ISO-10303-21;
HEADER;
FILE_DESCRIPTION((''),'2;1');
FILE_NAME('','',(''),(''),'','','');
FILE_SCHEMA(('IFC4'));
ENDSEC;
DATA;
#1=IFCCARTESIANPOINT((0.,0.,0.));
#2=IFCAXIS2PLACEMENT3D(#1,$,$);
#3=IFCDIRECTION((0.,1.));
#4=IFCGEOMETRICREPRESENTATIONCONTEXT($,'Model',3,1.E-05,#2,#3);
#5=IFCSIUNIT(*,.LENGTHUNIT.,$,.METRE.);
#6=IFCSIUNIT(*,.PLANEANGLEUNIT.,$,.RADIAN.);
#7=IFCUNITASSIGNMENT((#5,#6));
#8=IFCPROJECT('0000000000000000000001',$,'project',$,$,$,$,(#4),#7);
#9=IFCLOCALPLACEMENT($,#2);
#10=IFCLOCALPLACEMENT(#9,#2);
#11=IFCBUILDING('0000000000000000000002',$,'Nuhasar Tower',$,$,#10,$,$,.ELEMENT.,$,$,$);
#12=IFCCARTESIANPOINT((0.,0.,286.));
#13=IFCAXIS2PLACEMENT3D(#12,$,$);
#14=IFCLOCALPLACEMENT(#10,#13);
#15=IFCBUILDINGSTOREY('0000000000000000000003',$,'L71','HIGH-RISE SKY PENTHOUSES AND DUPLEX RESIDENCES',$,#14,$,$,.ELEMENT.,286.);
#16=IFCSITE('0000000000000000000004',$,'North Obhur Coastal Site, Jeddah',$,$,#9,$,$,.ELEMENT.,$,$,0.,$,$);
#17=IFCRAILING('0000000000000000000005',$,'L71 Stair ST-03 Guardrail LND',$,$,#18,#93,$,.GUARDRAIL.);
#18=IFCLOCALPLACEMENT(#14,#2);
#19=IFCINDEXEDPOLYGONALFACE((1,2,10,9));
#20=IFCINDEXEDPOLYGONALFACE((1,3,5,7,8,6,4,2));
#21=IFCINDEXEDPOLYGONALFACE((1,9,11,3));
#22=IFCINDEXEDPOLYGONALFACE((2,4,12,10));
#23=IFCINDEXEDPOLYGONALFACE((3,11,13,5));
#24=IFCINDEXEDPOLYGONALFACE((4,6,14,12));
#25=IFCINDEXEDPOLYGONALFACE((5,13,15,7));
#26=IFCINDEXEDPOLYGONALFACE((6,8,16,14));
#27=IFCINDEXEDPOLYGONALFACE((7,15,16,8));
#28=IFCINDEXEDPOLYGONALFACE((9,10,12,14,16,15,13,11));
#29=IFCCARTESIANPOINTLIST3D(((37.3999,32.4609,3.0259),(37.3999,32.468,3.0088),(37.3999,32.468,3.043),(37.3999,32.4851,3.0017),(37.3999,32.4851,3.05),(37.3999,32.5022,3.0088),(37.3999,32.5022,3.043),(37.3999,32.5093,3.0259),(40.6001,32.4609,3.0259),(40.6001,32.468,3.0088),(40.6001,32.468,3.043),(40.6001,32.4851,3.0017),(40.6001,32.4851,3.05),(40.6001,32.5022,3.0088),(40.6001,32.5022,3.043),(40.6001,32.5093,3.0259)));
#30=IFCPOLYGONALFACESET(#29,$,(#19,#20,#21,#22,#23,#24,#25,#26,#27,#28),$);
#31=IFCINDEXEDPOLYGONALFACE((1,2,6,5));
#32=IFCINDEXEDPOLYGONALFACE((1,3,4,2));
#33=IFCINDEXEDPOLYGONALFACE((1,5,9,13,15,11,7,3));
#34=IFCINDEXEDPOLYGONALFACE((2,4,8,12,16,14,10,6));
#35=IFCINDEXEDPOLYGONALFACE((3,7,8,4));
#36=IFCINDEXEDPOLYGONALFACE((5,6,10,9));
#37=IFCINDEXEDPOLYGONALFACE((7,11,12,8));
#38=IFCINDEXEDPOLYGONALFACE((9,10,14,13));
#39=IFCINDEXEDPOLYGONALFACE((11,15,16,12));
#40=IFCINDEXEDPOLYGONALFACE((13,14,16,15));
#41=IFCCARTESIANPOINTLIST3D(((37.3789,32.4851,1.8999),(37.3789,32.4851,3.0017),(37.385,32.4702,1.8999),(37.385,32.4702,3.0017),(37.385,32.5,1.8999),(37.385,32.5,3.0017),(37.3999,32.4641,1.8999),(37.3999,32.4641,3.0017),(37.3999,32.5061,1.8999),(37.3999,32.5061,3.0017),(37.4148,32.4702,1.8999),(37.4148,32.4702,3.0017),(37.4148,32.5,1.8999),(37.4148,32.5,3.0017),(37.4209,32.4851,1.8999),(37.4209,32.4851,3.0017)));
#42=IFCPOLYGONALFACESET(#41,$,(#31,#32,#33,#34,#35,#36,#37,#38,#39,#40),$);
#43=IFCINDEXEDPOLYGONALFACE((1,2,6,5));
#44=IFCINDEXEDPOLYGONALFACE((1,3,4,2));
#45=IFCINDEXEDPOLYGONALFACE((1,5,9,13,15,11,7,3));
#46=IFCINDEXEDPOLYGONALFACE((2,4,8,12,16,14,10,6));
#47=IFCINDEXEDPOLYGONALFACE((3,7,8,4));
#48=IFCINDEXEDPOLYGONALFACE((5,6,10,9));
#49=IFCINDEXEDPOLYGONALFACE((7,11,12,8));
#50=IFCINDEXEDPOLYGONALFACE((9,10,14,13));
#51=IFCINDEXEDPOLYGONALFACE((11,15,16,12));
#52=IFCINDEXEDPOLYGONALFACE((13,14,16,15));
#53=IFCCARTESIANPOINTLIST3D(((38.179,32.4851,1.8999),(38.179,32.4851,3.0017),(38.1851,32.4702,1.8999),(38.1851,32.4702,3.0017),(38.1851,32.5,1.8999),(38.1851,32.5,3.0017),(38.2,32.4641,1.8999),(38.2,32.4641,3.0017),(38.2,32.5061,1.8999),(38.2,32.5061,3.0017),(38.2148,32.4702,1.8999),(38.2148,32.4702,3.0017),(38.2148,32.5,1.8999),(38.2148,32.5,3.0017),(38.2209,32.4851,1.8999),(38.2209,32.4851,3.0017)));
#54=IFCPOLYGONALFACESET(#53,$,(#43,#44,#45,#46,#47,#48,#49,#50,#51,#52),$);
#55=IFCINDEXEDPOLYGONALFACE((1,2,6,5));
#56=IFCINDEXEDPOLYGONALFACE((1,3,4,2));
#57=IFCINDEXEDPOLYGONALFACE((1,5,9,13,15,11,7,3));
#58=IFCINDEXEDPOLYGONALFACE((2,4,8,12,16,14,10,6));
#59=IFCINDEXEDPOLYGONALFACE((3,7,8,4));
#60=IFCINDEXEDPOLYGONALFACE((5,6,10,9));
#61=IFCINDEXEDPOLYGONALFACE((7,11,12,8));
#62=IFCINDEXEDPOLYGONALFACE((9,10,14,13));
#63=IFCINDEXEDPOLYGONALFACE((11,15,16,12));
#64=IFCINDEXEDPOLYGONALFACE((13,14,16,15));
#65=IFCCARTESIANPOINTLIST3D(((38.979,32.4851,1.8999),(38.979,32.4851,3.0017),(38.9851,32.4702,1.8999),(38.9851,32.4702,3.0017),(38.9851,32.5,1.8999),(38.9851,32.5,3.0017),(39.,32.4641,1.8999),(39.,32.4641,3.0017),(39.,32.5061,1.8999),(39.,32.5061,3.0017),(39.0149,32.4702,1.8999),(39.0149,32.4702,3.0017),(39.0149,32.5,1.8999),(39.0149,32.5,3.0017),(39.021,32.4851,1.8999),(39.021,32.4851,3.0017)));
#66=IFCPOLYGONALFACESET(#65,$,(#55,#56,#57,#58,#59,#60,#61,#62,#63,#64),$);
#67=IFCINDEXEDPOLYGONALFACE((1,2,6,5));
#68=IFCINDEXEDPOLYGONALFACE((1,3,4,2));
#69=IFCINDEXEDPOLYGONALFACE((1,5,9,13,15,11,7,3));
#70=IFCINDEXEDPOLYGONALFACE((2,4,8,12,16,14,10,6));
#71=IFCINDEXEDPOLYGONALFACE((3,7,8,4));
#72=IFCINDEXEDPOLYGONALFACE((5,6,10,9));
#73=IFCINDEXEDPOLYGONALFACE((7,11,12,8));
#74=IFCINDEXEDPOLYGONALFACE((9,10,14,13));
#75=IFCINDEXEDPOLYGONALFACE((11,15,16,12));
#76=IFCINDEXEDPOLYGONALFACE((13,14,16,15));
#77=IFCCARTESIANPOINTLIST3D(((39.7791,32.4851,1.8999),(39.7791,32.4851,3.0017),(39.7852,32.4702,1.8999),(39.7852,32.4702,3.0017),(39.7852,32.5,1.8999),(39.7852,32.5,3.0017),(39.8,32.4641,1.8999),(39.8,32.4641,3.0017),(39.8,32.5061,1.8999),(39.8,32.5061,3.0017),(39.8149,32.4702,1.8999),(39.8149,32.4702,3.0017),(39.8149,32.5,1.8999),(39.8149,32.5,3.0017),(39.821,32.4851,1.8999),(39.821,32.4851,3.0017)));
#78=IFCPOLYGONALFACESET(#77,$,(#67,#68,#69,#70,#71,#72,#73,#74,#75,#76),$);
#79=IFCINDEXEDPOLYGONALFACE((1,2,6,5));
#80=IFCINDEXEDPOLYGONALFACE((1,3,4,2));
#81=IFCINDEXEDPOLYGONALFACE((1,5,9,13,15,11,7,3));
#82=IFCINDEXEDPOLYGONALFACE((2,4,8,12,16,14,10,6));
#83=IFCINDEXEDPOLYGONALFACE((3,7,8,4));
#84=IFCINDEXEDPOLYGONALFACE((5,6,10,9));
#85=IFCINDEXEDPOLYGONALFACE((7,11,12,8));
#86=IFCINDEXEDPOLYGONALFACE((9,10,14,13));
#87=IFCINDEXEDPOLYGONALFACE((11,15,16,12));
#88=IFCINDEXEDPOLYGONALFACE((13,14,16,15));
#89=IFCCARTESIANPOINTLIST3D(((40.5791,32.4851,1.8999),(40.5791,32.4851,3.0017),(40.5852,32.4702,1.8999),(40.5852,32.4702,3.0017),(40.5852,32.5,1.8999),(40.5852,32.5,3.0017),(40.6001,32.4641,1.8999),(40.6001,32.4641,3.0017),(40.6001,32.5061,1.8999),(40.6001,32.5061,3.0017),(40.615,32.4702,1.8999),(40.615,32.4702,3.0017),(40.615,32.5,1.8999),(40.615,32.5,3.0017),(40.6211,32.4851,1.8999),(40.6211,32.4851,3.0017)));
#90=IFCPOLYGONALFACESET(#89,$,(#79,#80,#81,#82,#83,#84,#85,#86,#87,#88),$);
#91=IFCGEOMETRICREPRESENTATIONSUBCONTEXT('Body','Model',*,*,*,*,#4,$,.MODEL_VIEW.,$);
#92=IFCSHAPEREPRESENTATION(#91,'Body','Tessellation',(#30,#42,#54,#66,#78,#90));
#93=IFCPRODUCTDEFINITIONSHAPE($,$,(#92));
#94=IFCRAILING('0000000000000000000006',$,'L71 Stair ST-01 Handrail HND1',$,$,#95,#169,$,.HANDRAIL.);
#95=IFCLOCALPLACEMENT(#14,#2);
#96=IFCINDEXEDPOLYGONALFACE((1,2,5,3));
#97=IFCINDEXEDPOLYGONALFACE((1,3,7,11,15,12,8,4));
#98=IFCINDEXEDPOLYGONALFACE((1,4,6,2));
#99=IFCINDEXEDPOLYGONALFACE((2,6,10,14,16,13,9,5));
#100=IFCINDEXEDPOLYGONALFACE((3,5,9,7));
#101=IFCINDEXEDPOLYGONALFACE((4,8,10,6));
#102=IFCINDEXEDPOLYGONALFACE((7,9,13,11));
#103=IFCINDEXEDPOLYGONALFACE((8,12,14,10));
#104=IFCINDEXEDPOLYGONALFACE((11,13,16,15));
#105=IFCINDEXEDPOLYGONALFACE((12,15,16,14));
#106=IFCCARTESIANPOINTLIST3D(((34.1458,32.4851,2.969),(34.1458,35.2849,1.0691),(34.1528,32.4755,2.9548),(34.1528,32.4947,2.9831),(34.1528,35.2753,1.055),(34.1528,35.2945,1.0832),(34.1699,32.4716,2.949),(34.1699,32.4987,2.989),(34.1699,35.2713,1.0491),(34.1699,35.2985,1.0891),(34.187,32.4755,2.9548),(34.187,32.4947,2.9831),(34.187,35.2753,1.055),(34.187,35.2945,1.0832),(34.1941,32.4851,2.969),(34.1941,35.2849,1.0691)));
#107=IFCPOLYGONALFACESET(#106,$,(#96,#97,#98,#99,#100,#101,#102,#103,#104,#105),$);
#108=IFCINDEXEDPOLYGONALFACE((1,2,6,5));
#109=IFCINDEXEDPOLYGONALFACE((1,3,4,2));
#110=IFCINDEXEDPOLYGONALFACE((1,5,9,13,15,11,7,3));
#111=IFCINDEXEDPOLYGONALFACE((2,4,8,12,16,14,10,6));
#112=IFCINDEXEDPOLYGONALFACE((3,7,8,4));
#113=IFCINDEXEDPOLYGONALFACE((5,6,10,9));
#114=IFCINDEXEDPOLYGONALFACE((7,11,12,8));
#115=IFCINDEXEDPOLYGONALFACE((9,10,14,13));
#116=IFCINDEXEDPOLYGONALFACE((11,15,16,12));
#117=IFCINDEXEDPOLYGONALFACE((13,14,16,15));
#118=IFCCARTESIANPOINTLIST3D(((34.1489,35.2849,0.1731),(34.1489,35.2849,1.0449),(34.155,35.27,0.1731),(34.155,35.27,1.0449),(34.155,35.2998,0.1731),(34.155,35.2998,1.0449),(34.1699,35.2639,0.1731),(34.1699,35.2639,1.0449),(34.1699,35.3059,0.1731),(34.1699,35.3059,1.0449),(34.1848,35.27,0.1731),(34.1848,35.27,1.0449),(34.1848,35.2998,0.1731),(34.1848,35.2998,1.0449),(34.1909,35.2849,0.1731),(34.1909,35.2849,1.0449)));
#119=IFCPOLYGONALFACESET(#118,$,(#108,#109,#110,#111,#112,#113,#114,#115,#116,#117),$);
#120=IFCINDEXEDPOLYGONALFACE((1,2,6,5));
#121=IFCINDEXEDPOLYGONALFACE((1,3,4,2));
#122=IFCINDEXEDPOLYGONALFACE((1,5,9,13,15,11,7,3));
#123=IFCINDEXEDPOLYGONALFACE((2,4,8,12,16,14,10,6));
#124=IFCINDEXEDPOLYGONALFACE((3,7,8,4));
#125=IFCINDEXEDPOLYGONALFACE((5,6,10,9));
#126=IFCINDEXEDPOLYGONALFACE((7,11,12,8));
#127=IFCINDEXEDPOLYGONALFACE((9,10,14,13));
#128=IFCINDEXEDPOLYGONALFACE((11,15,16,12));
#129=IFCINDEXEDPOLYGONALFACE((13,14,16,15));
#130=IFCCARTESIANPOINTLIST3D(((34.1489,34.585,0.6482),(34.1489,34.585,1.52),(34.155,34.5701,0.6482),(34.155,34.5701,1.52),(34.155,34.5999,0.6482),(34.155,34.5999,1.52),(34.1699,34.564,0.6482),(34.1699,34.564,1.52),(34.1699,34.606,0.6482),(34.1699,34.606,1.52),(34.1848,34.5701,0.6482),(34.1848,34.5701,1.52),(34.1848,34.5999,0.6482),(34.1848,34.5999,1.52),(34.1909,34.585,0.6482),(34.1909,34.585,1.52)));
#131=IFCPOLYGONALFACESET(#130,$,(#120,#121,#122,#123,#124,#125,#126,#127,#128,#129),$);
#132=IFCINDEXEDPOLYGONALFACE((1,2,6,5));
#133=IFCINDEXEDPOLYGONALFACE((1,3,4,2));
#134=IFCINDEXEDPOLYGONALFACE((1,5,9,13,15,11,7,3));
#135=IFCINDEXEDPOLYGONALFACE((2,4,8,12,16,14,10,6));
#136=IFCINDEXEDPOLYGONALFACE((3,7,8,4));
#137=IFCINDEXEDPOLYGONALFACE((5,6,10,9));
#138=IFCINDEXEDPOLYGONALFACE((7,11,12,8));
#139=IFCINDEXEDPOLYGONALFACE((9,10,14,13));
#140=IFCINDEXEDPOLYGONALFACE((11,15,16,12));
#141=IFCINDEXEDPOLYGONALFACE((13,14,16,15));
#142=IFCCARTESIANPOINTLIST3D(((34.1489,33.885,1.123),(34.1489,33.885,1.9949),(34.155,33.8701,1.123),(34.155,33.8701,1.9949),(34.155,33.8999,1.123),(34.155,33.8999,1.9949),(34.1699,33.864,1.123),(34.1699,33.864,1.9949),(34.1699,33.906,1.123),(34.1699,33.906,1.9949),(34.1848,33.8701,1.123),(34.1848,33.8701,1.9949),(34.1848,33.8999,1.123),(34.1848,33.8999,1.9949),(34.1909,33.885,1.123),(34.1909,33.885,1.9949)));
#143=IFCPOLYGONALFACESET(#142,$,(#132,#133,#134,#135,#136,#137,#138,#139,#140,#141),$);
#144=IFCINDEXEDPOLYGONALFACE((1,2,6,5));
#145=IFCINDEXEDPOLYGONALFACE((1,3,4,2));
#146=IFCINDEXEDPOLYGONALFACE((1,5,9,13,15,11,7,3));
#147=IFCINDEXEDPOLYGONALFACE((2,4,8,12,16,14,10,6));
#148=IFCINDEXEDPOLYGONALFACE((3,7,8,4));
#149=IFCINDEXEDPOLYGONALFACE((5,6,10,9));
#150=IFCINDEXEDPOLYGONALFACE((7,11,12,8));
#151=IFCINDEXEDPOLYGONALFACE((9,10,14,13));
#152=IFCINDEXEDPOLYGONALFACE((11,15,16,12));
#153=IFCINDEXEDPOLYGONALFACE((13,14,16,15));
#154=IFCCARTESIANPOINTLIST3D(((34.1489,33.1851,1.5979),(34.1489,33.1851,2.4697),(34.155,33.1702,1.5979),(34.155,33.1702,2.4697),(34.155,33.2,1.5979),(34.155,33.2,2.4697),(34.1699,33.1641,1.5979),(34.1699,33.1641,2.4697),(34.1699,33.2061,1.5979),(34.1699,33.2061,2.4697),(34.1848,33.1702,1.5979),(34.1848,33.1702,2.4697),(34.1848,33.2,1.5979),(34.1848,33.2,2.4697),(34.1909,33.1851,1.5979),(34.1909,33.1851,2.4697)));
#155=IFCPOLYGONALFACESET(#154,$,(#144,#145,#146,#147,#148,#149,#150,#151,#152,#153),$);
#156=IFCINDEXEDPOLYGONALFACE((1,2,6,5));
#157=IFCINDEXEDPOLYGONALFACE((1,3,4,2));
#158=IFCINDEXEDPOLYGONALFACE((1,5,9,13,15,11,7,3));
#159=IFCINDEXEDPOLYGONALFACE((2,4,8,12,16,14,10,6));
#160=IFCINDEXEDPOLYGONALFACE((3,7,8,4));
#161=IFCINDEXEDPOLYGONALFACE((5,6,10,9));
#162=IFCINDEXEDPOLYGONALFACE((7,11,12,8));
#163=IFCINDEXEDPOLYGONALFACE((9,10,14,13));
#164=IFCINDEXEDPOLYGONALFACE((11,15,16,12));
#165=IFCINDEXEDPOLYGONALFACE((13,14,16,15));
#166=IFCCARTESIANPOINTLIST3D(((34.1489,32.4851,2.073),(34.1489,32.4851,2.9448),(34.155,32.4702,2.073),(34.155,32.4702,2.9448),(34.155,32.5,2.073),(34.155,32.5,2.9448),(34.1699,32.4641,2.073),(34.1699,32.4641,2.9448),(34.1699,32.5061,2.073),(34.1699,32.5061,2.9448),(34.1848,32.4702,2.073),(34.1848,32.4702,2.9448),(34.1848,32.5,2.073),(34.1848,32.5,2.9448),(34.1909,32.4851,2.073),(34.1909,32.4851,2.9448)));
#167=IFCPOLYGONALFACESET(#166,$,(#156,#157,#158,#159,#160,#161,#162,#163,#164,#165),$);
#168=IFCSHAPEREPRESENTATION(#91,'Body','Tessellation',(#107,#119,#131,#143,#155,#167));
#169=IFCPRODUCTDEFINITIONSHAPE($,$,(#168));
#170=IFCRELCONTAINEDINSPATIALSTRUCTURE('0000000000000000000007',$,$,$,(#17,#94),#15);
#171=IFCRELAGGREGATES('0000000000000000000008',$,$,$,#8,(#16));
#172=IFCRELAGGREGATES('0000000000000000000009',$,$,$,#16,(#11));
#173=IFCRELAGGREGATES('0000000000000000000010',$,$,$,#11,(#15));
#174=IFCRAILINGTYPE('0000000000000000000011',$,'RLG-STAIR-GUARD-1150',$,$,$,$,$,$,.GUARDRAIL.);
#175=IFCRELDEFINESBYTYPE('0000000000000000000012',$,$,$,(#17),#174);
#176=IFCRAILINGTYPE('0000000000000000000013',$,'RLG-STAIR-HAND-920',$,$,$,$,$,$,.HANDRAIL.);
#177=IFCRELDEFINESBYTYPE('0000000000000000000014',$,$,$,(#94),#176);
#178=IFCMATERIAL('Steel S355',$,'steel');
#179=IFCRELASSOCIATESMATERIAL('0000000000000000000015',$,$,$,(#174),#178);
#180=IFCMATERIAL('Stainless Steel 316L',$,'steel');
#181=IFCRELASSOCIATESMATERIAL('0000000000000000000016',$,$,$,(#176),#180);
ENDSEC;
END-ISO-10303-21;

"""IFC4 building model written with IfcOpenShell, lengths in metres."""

from ifc_helpers import new_model, si_unit, direction, frame, origin, place, context, subcontext, project, spatial, polyline, outline, extrude, material, type_object, element, save


model = new_model("IFC4")

# Units and contexts
model_context = context("Model", 3, precision=1e-05, world=origin(), true_north=direction((0.0, 1.0)))
body_context = subcontext(model_context, "Body", "Model", "MODEL_VIEW")
ifc_project = project(units=[si_unit("LENGTHUNIT", "METRE"), si_unit("PLANEANGLEUNIT", "RADIAN")], contexts=[model_context])

# Site, building, storey
site_placement = place(None, origin())
site = spatial("IfcSite", under=ifc_project, at=site_placement, Name="North Obhur Coastal Site, Jeddah", CompositionType="ELEMENT", RefElevation=0.0)
building_placement = place(site_placement, origin())
building = spatial("IfcBuilding", under=site, at=building_placement, Name="Nuhasar Tower", CompositionType="ELEMENT")
storey_placement = place(building_placement, frame((0.0, 0.0, 286.0)))
storey = spatial("IfcBuildingStorey", under=building, at=storey_placement, Name="L71", Description="HIGH-RISE SKY PENTHOUSES AND DUPLEX RESIDENCES", CompositionType="ELEMENT", Elevation=286.0)

# Shared definitions
ifc_material_1 = material(Name="Steel S355", Category="steel")

# Railings
railing_type_1 = type_object("IfcRailingType", Name="RLG-STAIR-GUARD-1150", PredefinedType="GUARDRAIL", material=ifc_material_1)
railing_1_placement = place(storey_placement, frame((37.3999, 32.4851, 1.8999)))
element("IfcRailing", 1, at=railing_1_placement, inside=storey, type_object=railing_type_1, Name="L71 Stair ST-03 Guardrail LND", PredefinedType="GUARDRAIL", context=body_context, shape_type="SweptSolid", body=[
    extrude(outline(polyline([(0.0242, 0.0), (0.0171, 0.0171), (0.0, 0.0242), (-0.0171, 0.0171), (-0.0242, 0.0), (-0.0171, -0.0171), (0.0, -0.0242), (0.0171, -0.0171), (0.0242, 0.0)])), frame((0.0, 0.0, 1.126), z_axis=(1.0, 0.0, 0.0), x_axis=(0.0, 1.0, 0.0)), (0.0, 0.0, 1.0), 3.2002),
    extrude(outline(polyline([(0.021, 0.0), (0.0149, 0.0149), (0.0, 0.021), (-0.0149, 0.0149), (-0.021, 0.0), (-0.0149, -0.0149), (0.0, -0.021), (0.0149, -0.0149), (0.021, 0.0)])), origin(), (0.0, 0.0, 1.0), 1.1018),
    extrude(outline(polyline([(0.021, 0.0), (0.0149, 0.0149), (0.0, 0.021), (-0.0149, 0.0149), (-0.021, 0.0), (-0.0149, -0.0149), (0.0, -0.021), (0.0149, -0.0149), (0.021, 0.0)])), frame((0.8, 0.0, 0.0)), (0.0, 0.0, 1.0), 1.1018),
    extrude(outline(polyline([(0.021, 0.0), (0.0149, 0.0149), (0.0, 0.021), (-0.0149, 0.0149), (-0.021, 0.0), (-0.0149, -0.0149), (0.0, -0.021), (0.0149, -0.0149), (0.021, 0.0)])), frame((1.6001, 0.0, 0.0)), (0.0, 0.0, 1.0), 1.1018),
    extrude(outline(polyline([(0.021, 0.0), (0.0149, 0.0149), (0.0, 0.021), (-0.0149, 0.0149), (-0.021, 0.0), (-0.0149, -0.0149), (0.0, -0.021), (0.0149, -0.0149), (0.021, 0.0)])), frame((2.4001, 0.0, 0.0)), (0.0, 0.0, 1.0), 1.1018),
    extrude(outline(polyline([(0.021, 0.0), (0.0149, 0.0149), (0.0, 0.021), (-0.0149, 0.0149), (-0.021, 0.0), (-0.0149, -0.0149), (0.0, -0.021), (0.0149, -0.0149), (0.021, 0.0)])), frame((3.2002, 0.0, 0.0)), (0.0, 0.0, 1.0), 1.1018),
])
ifc_material_2 = material(Name="Stainless Steel 316L", Category="steel")
railing_type_2 = type_object("IfcRailingType", Name="RLG-STAIR-HAND-920", PredefinedType="HANDRAIL", material=ifc_material_2)
railing_2_placement = place(storey_placement, frame((34.1699, 35.2849, 0.1731)))
element("IfcRailing", 2, at=railing_2_placement, inside=storey, type_object=railing_type_2, Name="L71 Stair ST-01 Handrail HND1", PredefinedType="HANDRAIL", context=body_context, shape_type="SweptSolid", body=[
    extrude(outline(polyline([(0.0242, 0.0), (0.0171, 0.0171), (0.0, 0.0242), (-0.0171, 0.0171), (-0.0242, 0.0), (-0.0171, -0.0171), (0.0, -0.0242), (0.0171, -0.0171), (0.0242, 0.0)])), frame((0.0, 0.0, 0.896), z_axis=(0.0, -0.827471, 0.561508), x_axis=(1.0, 0.0, 0.0)), (0.0, 0.0, 1.0), 3.3835),
    extrude(outline(polyline([(0.021, 0.0), (0.0149, 0.0149), (0.0, 0.021), (-0.0149, 0.0149), (-0.021, 0.0), (-0.0149, -0.0149), (0.0, -0.021), (0.0149, -0.0149), (0.021, 0.0)])), origin(), (0.0, 0.0, 1.0), 0.8718),
    extrude(outline(polyline([(0.021, 0.0), (0.0149, 0.0149), (0.0, 0.021), (-0.0149, 0.0149), (-0.021, 0.0), (-0.0149, -0.0149), (0.0, -0.021), (0.0149, -0.0149), (0.021, 0.0)])), frame((0.0, -0.7, 0.4751)), (0.0, 0.0, 1.0), 0.8718),
    extrude(outline(polyline([(0.021, 0.0), (0.0149, 0.0149), (0.0, 0.021), (-0.0149, 0.0149), (-0.021, 0.0), (-0.0149, -0.0149), (0.0, -0.021), (0.0149, -0.0149), (0.021, 0.0)])), frame((0.0, -1.3999, 0.95)), (0.0, 0.0, 1.0), 0.8718),
    extrude(outline(polyline([(0.021, 0.0), (0.0149, 0.0149), (0.0, 0.021), (-0.0149, 0.0149), (-0.021, 0.0), (-0.0149, -0.0149), (0.0, -0.021), (0.0149, -0.0149), (0.021, 0.0)])), frame((0.0, -2.0999, 1.4248)), (0.0, 0.0, 1.0), 0.8718),
    extrude(outline(polyline([(0.021, 0.0), (0.0149, 0.0149), (0.0, 0.021), (-0.0149, 0.0149), (-0.021, 0.0), (-0.0149, -0.0149), (0.0, -0.021), (0.0149, -0.0149), (0.021, 0.0)])), frame((0.0, -2.7998, 1.8999)), (0.0, 0.0, 1.0), 0.8718),
])

save(model, "model.ifc")
